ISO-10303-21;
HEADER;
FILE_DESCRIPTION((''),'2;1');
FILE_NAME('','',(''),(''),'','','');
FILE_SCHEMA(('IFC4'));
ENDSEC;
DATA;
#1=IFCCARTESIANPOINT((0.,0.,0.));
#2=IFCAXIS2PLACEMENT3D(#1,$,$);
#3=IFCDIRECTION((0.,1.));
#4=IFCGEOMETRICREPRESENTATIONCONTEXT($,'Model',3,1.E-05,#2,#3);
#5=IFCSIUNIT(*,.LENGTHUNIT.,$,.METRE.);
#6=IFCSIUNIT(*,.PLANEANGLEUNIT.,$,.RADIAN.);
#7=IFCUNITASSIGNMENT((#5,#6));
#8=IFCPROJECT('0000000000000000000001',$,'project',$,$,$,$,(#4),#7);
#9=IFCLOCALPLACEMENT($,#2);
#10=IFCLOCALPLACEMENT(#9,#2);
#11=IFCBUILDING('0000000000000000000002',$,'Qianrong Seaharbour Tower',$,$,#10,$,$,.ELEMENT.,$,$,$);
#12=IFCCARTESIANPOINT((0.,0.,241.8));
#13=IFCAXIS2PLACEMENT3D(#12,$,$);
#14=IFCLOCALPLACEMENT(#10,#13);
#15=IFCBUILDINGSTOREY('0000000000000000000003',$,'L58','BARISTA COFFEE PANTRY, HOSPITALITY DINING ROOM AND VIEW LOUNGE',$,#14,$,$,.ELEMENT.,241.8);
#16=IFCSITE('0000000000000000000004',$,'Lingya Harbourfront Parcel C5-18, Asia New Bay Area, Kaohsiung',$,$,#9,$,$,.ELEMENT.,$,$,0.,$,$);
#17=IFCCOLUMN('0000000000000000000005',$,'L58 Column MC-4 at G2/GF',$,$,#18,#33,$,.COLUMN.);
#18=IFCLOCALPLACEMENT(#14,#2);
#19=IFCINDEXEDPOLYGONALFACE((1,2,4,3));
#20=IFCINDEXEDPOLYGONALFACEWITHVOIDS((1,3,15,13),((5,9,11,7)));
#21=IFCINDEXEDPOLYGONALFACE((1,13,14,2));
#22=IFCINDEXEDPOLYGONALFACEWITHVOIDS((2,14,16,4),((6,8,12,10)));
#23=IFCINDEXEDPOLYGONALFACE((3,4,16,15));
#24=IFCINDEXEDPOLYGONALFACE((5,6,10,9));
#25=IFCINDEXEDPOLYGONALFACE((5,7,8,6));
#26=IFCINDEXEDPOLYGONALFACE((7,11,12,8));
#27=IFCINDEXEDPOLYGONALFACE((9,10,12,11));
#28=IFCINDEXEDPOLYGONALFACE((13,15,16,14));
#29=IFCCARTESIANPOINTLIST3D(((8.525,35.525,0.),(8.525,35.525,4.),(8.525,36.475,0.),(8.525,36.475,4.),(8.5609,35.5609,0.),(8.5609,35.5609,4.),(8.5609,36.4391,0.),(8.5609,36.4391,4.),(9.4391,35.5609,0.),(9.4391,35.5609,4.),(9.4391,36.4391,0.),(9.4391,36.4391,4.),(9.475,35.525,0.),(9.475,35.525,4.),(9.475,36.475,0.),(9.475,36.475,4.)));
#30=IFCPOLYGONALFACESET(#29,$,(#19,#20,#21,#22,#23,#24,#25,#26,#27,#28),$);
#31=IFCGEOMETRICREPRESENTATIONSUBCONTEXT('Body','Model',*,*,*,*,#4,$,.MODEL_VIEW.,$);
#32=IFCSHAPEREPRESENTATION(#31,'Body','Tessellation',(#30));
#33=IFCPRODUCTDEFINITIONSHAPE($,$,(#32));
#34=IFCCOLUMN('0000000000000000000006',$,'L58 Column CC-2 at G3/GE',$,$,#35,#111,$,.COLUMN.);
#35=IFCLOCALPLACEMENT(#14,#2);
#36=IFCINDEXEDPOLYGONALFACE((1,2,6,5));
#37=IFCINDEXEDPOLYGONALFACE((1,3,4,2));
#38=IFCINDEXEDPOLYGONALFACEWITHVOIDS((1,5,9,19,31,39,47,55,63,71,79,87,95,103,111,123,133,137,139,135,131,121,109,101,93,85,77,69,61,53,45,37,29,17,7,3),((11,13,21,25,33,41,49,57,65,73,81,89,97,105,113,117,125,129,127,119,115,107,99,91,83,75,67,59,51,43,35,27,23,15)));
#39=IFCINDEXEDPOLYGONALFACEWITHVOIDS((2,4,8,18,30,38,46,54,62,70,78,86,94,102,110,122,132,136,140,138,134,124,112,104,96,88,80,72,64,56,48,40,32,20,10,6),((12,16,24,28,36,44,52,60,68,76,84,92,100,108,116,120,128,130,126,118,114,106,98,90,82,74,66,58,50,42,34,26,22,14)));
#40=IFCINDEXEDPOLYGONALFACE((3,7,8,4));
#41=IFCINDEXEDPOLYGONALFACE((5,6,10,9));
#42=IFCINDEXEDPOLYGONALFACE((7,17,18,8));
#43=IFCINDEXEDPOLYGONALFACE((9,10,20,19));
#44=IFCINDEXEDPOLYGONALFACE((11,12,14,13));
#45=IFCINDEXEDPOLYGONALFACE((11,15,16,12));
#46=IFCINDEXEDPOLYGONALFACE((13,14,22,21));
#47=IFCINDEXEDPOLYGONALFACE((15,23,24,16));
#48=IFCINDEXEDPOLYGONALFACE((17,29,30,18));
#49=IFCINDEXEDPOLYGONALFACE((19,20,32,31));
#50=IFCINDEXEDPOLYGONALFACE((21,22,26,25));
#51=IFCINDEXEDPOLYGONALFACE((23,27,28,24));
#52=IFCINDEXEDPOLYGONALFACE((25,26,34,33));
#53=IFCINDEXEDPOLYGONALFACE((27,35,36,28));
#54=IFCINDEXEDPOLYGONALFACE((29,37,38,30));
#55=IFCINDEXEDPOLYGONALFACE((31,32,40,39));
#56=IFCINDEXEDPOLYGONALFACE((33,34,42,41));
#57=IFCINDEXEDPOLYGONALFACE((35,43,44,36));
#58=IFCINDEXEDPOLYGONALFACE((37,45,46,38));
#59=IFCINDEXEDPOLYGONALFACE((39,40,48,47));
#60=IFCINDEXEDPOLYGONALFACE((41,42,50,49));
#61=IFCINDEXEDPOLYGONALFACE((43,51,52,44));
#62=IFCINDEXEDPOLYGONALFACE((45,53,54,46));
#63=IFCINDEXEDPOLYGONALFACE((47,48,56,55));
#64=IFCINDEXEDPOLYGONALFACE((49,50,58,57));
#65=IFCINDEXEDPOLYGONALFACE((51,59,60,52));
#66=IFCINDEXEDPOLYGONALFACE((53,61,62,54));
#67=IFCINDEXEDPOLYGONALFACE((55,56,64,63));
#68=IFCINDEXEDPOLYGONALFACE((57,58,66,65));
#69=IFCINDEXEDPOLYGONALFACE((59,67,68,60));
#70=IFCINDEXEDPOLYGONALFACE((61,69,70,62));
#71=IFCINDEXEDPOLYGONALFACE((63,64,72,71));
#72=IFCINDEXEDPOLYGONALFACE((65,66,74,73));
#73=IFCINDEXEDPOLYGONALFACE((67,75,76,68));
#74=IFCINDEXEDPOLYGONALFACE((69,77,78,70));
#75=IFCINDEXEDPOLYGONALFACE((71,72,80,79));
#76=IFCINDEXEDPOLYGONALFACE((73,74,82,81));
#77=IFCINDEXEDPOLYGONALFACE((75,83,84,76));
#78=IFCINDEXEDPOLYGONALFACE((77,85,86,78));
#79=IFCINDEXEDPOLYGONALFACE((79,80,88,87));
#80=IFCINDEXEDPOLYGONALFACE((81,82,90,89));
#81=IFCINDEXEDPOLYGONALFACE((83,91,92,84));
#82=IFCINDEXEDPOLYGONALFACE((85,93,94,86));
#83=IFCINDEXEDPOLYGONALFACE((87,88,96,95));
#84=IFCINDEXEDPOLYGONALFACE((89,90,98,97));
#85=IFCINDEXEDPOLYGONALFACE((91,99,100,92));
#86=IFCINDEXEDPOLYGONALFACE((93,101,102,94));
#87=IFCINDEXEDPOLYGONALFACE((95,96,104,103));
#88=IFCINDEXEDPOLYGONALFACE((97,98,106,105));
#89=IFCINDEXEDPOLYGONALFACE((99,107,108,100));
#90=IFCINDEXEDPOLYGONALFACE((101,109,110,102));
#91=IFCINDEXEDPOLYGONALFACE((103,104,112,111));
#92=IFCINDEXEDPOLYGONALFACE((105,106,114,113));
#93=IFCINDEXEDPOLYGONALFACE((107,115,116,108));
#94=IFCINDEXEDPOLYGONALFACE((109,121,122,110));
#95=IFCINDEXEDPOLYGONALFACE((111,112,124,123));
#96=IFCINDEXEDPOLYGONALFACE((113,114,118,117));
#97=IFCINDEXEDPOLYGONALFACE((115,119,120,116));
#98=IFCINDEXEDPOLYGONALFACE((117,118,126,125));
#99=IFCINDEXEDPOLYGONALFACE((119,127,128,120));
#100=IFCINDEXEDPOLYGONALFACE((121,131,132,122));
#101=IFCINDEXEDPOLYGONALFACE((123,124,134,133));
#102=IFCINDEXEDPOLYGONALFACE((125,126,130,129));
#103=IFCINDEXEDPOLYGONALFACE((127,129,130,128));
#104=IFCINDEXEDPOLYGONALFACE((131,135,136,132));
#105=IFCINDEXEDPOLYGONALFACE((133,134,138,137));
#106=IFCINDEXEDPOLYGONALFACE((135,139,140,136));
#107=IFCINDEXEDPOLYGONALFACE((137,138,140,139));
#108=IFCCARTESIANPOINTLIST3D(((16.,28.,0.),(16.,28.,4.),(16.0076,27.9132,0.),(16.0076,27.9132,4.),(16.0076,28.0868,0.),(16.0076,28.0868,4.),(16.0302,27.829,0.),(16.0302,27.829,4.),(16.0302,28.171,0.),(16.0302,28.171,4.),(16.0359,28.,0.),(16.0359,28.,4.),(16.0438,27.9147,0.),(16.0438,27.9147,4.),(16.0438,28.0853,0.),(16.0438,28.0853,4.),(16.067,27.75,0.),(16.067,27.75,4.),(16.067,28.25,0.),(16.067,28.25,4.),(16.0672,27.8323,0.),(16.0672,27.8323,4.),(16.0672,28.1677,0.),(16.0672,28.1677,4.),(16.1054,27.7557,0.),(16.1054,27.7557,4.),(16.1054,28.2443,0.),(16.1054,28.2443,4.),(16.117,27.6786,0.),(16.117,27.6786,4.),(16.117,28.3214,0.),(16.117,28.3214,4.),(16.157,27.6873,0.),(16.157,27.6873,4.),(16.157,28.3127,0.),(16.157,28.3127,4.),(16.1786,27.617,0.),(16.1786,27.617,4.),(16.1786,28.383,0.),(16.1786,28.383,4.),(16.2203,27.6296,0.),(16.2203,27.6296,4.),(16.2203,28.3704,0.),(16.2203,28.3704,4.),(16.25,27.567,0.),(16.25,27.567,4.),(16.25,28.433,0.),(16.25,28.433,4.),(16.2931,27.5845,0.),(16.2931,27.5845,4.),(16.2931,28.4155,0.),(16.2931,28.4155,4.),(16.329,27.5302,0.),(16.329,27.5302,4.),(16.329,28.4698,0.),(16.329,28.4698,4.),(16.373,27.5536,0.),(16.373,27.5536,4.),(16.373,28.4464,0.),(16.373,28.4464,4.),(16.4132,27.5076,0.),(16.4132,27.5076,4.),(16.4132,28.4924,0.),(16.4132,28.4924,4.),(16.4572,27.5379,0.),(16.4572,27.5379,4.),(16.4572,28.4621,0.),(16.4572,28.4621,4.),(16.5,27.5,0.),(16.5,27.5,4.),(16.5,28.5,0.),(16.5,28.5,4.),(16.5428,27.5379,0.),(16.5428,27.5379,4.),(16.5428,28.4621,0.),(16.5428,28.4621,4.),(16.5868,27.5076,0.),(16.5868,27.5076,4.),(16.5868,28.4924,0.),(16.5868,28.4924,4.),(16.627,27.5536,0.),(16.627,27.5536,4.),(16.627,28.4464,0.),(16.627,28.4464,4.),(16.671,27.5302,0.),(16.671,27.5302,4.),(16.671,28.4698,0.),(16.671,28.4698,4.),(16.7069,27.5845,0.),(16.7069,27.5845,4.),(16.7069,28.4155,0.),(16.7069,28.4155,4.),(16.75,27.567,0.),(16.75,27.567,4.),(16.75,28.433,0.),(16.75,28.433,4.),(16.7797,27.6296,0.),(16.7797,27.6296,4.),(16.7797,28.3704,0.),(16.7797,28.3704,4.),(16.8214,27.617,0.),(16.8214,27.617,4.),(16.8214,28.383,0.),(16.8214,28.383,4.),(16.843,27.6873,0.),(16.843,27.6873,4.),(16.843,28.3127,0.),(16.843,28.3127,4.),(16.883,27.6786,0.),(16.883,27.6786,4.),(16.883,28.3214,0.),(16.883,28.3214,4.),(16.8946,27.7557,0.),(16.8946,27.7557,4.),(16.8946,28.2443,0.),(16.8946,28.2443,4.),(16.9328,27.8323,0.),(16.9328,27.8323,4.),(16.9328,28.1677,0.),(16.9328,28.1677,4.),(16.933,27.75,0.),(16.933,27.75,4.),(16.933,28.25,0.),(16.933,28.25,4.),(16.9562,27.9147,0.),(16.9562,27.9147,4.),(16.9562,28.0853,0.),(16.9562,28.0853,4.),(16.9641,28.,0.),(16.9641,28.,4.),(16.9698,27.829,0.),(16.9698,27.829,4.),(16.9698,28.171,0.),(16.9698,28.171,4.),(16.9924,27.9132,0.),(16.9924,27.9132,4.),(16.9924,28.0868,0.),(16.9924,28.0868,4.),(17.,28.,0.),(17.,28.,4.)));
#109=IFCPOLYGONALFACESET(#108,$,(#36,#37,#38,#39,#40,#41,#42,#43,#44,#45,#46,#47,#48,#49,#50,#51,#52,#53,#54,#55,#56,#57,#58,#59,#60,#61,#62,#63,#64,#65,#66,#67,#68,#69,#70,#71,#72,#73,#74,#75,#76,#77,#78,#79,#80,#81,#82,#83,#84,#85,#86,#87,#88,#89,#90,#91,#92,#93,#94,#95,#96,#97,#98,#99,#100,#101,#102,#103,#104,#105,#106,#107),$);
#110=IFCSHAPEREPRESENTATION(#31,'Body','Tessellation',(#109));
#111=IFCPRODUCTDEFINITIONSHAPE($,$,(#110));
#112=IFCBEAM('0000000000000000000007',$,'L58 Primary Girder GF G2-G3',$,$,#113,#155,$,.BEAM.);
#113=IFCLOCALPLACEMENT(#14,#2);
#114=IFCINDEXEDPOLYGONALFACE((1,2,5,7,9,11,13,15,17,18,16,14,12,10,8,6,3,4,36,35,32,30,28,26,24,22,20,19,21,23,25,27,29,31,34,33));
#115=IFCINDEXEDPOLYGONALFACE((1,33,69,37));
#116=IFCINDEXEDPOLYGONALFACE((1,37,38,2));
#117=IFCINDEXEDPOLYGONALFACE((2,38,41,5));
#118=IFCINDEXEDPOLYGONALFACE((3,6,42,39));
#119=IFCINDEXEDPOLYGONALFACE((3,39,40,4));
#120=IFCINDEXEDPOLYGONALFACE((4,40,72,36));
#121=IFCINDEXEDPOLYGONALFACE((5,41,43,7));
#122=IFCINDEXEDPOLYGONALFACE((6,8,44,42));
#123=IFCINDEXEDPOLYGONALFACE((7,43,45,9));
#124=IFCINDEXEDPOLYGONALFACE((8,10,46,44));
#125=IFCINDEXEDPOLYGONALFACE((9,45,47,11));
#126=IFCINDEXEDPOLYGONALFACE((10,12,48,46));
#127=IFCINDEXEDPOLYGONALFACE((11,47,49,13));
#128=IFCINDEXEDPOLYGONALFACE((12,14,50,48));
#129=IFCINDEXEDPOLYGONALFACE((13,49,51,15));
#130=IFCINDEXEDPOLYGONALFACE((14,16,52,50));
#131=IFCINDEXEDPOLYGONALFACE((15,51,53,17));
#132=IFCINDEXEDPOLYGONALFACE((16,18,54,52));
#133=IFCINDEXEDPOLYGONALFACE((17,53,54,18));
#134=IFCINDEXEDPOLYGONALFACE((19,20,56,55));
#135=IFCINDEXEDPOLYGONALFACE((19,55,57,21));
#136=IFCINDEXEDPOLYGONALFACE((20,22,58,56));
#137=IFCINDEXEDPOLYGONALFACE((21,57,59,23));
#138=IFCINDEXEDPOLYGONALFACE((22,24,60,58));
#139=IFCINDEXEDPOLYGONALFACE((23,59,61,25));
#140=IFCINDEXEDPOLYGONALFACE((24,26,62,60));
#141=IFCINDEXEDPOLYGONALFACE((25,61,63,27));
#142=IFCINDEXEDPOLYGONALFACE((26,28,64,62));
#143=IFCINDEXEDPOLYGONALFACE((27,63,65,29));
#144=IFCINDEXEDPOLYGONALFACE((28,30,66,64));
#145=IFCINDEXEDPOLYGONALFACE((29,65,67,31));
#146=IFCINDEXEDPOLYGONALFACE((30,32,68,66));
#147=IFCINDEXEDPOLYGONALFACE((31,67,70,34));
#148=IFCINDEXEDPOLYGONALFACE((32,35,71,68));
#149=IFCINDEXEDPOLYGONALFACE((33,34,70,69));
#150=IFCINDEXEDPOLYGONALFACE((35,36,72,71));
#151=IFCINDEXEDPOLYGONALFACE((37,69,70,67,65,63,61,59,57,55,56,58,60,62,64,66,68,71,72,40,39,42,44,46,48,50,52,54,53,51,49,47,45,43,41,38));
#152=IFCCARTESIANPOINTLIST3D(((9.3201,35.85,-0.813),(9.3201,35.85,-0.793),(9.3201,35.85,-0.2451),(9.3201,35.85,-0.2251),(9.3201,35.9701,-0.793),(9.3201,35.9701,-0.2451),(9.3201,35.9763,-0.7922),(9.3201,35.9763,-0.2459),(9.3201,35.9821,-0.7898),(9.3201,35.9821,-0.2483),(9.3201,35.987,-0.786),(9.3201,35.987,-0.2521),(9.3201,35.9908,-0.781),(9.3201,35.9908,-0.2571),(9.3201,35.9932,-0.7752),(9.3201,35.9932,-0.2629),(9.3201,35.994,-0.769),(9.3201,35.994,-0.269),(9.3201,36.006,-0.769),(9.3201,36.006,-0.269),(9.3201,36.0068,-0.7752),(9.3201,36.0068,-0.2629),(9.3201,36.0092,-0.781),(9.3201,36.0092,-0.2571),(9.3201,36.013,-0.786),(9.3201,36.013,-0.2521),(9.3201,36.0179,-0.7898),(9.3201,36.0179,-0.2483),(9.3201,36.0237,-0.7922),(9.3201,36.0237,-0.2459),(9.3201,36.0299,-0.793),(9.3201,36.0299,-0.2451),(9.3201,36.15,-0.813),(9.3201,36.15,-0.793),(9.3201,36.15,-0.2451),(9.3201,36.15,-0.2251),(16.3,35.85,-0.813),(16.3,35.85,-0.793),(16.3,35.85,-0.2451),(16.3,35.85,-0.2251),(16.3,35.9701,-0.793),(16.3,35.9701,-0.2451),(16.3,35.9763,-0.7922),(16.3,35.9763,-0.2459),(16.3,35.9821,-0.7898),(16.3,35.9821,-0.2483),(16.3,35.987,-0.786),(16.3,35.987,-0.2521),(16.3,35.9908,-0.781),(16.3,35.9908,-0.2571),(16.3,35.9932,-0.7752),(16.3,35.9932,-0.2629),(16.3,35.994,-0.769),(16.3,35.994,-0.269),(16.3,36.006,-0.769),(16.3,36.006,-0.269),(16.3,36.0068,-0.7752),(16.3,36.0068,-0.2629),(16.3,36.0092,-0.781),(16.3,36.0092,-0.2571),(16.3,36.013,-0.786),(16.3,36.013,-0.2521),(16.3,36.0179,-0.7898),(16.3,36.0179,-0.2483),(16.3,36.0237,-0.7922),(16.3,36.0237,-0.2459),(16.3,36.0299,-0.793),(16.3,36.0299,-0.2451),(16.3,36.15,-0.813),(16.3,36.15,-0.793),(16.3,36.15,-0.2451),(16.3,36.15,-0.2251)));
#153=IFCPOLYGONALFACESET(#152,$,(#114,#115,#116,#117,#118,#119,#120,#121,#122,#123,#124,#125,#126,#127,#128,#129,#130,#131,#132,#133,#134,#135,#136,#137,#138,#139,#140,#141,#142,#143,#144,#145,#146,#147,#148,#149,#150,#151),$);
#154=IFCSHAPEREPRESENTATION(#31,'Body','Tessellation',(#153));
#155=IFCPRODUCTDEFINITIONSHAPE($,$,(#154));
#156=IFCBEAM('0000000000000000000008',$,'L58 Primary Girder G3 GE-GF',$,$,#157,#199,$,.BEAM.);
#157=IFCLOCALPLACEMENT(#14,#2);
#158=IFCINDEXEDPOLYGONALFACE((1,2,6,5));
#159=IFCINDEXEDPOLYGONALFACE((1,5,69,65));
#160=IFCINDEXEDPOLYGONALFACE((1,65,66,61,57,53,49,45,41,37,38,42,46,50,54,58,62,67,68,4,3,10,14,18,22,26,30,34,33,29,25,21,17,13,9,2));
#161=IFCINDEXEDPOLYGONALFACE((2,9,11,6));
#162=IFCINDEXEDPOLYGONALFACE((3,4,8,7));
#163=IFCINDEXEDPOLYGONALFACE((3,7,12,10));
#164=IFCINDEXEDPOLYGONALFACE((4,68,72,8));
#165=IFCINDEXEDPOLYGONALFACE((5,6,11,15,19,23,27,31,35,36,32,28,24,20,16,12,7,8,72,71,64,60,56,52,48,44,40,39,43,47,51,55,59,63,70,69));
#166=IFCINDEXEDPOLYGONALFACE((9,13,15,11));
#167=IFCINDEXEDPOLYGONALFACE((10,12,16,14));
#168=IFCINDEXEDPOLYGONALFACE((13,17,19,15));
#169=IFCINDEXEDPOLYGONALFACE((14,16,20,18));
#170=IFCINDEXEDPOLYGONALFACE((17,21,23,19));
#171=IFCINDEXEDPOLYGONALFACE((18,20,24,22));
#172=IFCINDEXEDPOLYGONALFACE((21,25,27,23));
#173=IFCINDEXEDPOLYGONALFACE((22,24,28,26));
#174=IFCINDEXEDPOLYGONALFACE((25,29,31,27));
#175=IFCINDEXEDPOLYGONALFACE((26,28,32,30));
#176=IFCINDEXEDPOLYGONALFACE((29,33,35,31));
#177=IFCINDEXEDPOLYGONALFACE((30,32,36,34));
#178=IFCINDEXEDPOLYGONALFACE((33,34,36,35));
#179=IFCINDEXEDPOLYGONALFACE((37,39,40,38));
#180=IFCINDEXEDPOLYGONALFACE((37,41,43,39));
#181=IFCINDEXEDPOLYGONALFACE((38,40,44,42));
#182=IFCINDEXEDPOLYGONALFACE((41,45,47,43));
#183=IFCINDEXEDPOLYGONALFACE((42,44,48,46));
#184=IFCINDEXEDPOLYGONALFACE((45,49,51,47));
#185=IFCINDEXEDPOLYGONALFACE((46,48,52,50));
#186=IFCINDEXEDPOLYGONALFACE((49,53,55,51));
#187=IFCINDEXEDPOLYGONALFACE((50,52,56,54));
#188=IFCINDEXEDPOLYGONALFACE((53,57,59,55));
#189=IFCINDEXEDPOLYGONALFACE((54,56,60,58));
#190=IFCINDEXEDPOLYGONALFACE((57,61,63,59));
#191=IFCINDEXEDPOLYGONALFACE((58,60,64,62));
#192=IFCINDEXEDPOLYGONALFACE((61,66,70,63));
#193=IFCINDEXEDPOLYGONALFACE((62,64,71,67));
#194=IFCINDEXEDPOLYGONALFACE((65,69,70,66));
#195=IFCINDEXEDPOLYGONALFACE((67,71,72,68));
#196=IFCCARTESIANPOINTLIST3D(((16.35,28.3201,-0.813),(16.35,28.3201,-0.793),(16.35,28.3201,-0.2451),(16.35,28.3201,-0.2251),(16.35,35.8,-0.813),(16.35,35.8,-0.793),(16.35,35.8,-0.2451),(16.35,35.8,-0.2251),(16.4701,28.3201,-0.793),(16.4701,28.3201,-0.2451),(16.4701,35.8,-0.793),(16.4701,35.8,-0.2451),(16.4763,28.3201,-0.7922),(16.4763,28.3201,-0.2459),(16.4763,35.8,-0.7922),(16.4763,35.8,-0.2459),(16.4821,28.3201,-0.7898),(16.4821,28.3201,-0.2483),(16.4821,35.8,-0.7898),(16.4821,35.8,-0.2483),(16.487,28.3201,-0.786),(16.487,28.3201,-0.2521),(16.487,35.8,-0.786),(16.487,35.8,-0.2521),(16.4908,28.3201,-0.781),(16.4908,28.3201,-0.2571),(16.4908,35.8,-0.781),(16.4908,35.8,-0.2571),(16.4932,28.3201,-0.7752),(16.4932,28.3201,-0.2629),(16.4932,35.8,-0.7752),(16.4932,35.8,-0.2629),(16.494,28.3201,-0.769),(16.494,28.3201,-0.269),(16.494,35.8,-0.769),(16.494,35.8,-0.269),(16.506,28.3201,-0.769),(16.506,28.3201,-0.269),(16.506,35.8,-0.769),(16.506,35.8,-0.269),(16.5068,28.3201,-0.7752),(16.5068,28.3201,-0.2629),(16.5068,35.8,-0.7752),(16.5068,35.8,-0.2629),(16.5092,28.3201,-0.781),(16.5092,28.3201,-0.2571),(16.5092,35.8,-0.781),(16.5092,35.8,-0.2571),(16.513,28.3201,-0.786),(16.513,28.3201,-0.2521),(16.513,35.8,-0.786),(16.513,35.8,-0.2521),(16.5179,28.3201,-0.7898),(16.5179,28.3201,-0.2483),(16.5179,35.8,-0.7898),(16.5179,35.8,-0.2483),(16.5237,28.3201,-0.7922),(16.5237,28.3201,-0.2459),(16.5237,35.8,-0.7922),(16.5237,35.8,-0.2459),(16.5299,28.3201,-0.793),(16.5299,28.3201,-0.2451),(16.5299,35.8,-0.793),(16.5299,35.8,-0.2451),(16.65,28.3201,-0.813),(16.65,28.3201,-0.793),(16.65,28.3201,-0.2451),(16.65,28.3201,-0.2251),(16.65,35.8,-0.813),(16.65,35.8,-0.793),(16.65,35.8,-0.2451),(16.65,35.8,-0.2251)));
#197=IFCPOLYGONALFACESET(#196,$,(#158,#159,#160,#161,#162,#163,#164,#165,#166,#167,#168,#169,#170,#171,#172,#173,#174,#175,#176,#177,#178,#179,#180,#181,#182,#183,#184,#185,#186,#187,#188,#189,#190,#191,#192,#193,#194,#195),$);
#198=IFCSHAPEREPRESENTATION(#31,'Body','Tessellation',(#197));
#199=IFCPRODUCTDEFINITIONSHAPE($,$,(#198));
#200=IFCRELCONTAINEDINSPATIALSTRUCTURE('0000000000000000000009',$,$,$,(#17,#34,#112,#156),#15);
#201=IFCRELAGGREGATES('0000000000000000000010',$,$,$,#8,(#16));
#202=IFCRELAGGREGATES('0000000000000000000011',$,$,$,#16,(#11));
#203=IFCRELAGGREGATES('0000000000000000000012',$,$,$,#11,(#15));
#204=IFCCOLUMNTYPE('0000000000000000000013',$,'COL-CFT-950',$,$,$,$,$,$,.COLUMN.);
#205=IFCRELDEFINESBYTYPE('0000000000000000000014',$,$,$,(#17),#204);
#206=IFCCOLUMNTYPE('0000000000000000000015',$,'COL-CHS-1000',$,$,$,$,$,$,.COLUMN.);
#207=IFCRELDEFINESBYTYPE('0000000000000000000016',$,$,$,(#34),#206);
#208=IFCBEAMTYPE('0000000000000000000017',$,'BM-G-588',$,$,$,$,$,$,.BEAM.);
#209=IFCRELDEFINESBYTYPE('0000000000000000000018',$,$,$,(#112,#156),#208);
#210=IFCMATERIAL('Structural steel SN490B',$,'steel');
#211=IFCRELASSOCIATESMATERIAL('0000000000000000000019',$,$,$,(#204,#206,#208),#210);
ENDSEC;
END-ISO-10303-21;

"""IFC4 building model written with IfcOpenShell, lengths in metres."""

from ifc_helpers import new_model, si_unit, direction, frame, origin, origin_2d, place, context, subcontext, project, spatial, hollow_rectangle, hollow_circle, i_section, extrude, material, material_profile, profile_set, type_object, element, save


model = new_model("IFC4")

# Units and contexts
model_context = context("Model", 3, precision=1e-05, world=origin(), true_north=direction((0.0, 1.0)))
body_context = subcontext(model_context, "Body", "Model", "MODEL_VIEW")
ifc_project = project(units=[si_unit("LENGTHUNIT", "METRE"), si_unit("PLANEANGLEUNIT", "RADIAN")], contexts=[model_context])

# Site, building, storey
site_placement = place(None, origin())
site = spatial("IfcSite", under=ifc_project, at=site_placement, Name="Lingya Harbourfront Parcel C5-18, Asia New Bay Area, Kaohsiung", CompositionType="ELEMENT", RefElevation=0.0)
building_placement = place(site_placement, origin())
building = spatial("IfcBuilding", under=site, at=building_placement, Name="Qianrong Seaharbour Tower", CompositionType="ELEMENT")
storey_placement = place(building_placement, frame((0.0, 0.0, 241.8)))
storey = spatial("IfcBuildingStorey", under=building, at=storey_placement, Name="L58", Description="BARISTA COFFEE PANTRY, HOSPITALITY DINING ROOM AND VIEW LOUNGE", CompositionType="ELEMENT", Elevation=241.8)

# Columns
ifc_material_1 = material(Name="Structural steel SN490B", Category="steel")
ifc_material_profile_1 = material_profile(ifc_material_1, hollow_rectangle(XDim=0.95, YDim=0.95, WallThickness=0.0359, at=origin_2d()), Name="BOX950x950x36")
ifc_profile_set_1 = profile_set([ifc_material_profile_1], Name="Structural steel SN490B")
column_type_1 = type_object("IfcColumnType", Name="COL-CFT-950", PredefinedType="COLUMN", material=ifc_profile_set_1)
column_1_placement = place(storey_placement, frame((9.0, 36.0, 0.0), z_axis=(0.0, 0.0, 1.0), x_axis=(1.0, 0.0, 0.0)))
element("IfcColumn", 1, at=column_1_placement, inside=storey, type_object=column_type_1, Name="L58 Column MC-4 at G2/GF", PredefinedType="COLUMN", context=body_context, shape_type="SweptSolid", body=[
    extrude(hollow_rectangle(XDim=0.95, YDim=0.95, WallThickness=0.0359, at=origin_2d()), origin(), (0.0, 0.0, 1.0), 4.0),
])
ifc_material_profile_2 = material_profile(ifc_material_1, hollow_circle(Radius=0.5, WallThickness=0.0359, at=origin_2d()), Name="CHS1000x36")
ifc_profile_set_2 = profile_set([ifc_material_profile_2], Name="Structural steel SN490B")
column_type_2 = type_object("IfcColumnType", Name="COL-CHS-1000", PredefinedType="COLUMN", material=ifc_profile_set_2)
column_2_placement = place(storey_placement, frame((16.5, 28.0, 0.0), z_axis=(0.0, 0.0, 1.0), x_axis=(1.0, 0.0, 0.0)))
element("IfcColumn", 2, at=column_2_placement, inside=storey, type_object=column_type_2, Name="L58 Column CC-2 at G3/GE", PredefinedType="COLUMN", context=body_context, shape_type="SweptSolid", body=[
    extrude(hollow_circle(Radius=0.5, WallThickness=0.0359, at=origin_2d()), origin(), (0.0, 0.0, 1.0), 4.0),
])

# Beams
ifc_material_profile_3 = material_profile(ifc_material_1, i_section(OverallWidth=0.3, OverallDepth=0.5879, WebThickness=0.012, FlangeThickness=0.02, FilletRadius=0.0239, at=origin_2d()), Name="H588x300x12x20")
ifc_profile_set_3 = profile_set([ifc_material_profile_3], Name="Structural steel SN490B")
beam_type_1 = type_object("IfcBeamType", Name="BM-G-588", PredefinedType="BEAM", material=ifc_profile_set_3)
beam_1_placement = place(storey_placement, frame((9.3201, 36.0, -0.519), z_axis=(1.0, 0.0, 0.0), x_axis=(0.0, 1.0, 0.0)))
element("IfcBeam", 3, at=beam_1_placement, inside=storey, type_object=beam_type_1, Name="L58 Primary Girder GF G2-G3", PredefinedType="BEAM", context=body_context, shape_type="SweptSolid", body=[
    extrude(i_section(OverallWidth=0.3, OverallDepth=0.5879, WebThickness=0.012, FlangeThickness=0.02, FilletRadius=0.0239, at=origin_2d()), origin(), (0.0, 0.0, 1.0), 6.98),
])
beam_2_placement = place(storey_placement, frame((16.5, 28.3201, -0.519), z_axis=(0.0, 1.0, 0.0), x_axis=(-1.0, 0.0, 0.0)))
element("IfcBeam", 4, at=beam_2_placement, inside=storey, type_object=beam_type_1, Name="L58 Primary Girder G3 GE-GF", PredefinedType="BEAM", context=body_context, shape_type="SweptSolid", body=[
    extrude(i_section(OverallWidth=0.3, OverallDepth=0.5879, WebThickness=0.012, FlangeThickness=0.02, FilletRadius=0.0239, at=origin_2d()), origin(), (0.0, 0.0, 1.0), 7.48),
])

save(model, "model.ifc")
